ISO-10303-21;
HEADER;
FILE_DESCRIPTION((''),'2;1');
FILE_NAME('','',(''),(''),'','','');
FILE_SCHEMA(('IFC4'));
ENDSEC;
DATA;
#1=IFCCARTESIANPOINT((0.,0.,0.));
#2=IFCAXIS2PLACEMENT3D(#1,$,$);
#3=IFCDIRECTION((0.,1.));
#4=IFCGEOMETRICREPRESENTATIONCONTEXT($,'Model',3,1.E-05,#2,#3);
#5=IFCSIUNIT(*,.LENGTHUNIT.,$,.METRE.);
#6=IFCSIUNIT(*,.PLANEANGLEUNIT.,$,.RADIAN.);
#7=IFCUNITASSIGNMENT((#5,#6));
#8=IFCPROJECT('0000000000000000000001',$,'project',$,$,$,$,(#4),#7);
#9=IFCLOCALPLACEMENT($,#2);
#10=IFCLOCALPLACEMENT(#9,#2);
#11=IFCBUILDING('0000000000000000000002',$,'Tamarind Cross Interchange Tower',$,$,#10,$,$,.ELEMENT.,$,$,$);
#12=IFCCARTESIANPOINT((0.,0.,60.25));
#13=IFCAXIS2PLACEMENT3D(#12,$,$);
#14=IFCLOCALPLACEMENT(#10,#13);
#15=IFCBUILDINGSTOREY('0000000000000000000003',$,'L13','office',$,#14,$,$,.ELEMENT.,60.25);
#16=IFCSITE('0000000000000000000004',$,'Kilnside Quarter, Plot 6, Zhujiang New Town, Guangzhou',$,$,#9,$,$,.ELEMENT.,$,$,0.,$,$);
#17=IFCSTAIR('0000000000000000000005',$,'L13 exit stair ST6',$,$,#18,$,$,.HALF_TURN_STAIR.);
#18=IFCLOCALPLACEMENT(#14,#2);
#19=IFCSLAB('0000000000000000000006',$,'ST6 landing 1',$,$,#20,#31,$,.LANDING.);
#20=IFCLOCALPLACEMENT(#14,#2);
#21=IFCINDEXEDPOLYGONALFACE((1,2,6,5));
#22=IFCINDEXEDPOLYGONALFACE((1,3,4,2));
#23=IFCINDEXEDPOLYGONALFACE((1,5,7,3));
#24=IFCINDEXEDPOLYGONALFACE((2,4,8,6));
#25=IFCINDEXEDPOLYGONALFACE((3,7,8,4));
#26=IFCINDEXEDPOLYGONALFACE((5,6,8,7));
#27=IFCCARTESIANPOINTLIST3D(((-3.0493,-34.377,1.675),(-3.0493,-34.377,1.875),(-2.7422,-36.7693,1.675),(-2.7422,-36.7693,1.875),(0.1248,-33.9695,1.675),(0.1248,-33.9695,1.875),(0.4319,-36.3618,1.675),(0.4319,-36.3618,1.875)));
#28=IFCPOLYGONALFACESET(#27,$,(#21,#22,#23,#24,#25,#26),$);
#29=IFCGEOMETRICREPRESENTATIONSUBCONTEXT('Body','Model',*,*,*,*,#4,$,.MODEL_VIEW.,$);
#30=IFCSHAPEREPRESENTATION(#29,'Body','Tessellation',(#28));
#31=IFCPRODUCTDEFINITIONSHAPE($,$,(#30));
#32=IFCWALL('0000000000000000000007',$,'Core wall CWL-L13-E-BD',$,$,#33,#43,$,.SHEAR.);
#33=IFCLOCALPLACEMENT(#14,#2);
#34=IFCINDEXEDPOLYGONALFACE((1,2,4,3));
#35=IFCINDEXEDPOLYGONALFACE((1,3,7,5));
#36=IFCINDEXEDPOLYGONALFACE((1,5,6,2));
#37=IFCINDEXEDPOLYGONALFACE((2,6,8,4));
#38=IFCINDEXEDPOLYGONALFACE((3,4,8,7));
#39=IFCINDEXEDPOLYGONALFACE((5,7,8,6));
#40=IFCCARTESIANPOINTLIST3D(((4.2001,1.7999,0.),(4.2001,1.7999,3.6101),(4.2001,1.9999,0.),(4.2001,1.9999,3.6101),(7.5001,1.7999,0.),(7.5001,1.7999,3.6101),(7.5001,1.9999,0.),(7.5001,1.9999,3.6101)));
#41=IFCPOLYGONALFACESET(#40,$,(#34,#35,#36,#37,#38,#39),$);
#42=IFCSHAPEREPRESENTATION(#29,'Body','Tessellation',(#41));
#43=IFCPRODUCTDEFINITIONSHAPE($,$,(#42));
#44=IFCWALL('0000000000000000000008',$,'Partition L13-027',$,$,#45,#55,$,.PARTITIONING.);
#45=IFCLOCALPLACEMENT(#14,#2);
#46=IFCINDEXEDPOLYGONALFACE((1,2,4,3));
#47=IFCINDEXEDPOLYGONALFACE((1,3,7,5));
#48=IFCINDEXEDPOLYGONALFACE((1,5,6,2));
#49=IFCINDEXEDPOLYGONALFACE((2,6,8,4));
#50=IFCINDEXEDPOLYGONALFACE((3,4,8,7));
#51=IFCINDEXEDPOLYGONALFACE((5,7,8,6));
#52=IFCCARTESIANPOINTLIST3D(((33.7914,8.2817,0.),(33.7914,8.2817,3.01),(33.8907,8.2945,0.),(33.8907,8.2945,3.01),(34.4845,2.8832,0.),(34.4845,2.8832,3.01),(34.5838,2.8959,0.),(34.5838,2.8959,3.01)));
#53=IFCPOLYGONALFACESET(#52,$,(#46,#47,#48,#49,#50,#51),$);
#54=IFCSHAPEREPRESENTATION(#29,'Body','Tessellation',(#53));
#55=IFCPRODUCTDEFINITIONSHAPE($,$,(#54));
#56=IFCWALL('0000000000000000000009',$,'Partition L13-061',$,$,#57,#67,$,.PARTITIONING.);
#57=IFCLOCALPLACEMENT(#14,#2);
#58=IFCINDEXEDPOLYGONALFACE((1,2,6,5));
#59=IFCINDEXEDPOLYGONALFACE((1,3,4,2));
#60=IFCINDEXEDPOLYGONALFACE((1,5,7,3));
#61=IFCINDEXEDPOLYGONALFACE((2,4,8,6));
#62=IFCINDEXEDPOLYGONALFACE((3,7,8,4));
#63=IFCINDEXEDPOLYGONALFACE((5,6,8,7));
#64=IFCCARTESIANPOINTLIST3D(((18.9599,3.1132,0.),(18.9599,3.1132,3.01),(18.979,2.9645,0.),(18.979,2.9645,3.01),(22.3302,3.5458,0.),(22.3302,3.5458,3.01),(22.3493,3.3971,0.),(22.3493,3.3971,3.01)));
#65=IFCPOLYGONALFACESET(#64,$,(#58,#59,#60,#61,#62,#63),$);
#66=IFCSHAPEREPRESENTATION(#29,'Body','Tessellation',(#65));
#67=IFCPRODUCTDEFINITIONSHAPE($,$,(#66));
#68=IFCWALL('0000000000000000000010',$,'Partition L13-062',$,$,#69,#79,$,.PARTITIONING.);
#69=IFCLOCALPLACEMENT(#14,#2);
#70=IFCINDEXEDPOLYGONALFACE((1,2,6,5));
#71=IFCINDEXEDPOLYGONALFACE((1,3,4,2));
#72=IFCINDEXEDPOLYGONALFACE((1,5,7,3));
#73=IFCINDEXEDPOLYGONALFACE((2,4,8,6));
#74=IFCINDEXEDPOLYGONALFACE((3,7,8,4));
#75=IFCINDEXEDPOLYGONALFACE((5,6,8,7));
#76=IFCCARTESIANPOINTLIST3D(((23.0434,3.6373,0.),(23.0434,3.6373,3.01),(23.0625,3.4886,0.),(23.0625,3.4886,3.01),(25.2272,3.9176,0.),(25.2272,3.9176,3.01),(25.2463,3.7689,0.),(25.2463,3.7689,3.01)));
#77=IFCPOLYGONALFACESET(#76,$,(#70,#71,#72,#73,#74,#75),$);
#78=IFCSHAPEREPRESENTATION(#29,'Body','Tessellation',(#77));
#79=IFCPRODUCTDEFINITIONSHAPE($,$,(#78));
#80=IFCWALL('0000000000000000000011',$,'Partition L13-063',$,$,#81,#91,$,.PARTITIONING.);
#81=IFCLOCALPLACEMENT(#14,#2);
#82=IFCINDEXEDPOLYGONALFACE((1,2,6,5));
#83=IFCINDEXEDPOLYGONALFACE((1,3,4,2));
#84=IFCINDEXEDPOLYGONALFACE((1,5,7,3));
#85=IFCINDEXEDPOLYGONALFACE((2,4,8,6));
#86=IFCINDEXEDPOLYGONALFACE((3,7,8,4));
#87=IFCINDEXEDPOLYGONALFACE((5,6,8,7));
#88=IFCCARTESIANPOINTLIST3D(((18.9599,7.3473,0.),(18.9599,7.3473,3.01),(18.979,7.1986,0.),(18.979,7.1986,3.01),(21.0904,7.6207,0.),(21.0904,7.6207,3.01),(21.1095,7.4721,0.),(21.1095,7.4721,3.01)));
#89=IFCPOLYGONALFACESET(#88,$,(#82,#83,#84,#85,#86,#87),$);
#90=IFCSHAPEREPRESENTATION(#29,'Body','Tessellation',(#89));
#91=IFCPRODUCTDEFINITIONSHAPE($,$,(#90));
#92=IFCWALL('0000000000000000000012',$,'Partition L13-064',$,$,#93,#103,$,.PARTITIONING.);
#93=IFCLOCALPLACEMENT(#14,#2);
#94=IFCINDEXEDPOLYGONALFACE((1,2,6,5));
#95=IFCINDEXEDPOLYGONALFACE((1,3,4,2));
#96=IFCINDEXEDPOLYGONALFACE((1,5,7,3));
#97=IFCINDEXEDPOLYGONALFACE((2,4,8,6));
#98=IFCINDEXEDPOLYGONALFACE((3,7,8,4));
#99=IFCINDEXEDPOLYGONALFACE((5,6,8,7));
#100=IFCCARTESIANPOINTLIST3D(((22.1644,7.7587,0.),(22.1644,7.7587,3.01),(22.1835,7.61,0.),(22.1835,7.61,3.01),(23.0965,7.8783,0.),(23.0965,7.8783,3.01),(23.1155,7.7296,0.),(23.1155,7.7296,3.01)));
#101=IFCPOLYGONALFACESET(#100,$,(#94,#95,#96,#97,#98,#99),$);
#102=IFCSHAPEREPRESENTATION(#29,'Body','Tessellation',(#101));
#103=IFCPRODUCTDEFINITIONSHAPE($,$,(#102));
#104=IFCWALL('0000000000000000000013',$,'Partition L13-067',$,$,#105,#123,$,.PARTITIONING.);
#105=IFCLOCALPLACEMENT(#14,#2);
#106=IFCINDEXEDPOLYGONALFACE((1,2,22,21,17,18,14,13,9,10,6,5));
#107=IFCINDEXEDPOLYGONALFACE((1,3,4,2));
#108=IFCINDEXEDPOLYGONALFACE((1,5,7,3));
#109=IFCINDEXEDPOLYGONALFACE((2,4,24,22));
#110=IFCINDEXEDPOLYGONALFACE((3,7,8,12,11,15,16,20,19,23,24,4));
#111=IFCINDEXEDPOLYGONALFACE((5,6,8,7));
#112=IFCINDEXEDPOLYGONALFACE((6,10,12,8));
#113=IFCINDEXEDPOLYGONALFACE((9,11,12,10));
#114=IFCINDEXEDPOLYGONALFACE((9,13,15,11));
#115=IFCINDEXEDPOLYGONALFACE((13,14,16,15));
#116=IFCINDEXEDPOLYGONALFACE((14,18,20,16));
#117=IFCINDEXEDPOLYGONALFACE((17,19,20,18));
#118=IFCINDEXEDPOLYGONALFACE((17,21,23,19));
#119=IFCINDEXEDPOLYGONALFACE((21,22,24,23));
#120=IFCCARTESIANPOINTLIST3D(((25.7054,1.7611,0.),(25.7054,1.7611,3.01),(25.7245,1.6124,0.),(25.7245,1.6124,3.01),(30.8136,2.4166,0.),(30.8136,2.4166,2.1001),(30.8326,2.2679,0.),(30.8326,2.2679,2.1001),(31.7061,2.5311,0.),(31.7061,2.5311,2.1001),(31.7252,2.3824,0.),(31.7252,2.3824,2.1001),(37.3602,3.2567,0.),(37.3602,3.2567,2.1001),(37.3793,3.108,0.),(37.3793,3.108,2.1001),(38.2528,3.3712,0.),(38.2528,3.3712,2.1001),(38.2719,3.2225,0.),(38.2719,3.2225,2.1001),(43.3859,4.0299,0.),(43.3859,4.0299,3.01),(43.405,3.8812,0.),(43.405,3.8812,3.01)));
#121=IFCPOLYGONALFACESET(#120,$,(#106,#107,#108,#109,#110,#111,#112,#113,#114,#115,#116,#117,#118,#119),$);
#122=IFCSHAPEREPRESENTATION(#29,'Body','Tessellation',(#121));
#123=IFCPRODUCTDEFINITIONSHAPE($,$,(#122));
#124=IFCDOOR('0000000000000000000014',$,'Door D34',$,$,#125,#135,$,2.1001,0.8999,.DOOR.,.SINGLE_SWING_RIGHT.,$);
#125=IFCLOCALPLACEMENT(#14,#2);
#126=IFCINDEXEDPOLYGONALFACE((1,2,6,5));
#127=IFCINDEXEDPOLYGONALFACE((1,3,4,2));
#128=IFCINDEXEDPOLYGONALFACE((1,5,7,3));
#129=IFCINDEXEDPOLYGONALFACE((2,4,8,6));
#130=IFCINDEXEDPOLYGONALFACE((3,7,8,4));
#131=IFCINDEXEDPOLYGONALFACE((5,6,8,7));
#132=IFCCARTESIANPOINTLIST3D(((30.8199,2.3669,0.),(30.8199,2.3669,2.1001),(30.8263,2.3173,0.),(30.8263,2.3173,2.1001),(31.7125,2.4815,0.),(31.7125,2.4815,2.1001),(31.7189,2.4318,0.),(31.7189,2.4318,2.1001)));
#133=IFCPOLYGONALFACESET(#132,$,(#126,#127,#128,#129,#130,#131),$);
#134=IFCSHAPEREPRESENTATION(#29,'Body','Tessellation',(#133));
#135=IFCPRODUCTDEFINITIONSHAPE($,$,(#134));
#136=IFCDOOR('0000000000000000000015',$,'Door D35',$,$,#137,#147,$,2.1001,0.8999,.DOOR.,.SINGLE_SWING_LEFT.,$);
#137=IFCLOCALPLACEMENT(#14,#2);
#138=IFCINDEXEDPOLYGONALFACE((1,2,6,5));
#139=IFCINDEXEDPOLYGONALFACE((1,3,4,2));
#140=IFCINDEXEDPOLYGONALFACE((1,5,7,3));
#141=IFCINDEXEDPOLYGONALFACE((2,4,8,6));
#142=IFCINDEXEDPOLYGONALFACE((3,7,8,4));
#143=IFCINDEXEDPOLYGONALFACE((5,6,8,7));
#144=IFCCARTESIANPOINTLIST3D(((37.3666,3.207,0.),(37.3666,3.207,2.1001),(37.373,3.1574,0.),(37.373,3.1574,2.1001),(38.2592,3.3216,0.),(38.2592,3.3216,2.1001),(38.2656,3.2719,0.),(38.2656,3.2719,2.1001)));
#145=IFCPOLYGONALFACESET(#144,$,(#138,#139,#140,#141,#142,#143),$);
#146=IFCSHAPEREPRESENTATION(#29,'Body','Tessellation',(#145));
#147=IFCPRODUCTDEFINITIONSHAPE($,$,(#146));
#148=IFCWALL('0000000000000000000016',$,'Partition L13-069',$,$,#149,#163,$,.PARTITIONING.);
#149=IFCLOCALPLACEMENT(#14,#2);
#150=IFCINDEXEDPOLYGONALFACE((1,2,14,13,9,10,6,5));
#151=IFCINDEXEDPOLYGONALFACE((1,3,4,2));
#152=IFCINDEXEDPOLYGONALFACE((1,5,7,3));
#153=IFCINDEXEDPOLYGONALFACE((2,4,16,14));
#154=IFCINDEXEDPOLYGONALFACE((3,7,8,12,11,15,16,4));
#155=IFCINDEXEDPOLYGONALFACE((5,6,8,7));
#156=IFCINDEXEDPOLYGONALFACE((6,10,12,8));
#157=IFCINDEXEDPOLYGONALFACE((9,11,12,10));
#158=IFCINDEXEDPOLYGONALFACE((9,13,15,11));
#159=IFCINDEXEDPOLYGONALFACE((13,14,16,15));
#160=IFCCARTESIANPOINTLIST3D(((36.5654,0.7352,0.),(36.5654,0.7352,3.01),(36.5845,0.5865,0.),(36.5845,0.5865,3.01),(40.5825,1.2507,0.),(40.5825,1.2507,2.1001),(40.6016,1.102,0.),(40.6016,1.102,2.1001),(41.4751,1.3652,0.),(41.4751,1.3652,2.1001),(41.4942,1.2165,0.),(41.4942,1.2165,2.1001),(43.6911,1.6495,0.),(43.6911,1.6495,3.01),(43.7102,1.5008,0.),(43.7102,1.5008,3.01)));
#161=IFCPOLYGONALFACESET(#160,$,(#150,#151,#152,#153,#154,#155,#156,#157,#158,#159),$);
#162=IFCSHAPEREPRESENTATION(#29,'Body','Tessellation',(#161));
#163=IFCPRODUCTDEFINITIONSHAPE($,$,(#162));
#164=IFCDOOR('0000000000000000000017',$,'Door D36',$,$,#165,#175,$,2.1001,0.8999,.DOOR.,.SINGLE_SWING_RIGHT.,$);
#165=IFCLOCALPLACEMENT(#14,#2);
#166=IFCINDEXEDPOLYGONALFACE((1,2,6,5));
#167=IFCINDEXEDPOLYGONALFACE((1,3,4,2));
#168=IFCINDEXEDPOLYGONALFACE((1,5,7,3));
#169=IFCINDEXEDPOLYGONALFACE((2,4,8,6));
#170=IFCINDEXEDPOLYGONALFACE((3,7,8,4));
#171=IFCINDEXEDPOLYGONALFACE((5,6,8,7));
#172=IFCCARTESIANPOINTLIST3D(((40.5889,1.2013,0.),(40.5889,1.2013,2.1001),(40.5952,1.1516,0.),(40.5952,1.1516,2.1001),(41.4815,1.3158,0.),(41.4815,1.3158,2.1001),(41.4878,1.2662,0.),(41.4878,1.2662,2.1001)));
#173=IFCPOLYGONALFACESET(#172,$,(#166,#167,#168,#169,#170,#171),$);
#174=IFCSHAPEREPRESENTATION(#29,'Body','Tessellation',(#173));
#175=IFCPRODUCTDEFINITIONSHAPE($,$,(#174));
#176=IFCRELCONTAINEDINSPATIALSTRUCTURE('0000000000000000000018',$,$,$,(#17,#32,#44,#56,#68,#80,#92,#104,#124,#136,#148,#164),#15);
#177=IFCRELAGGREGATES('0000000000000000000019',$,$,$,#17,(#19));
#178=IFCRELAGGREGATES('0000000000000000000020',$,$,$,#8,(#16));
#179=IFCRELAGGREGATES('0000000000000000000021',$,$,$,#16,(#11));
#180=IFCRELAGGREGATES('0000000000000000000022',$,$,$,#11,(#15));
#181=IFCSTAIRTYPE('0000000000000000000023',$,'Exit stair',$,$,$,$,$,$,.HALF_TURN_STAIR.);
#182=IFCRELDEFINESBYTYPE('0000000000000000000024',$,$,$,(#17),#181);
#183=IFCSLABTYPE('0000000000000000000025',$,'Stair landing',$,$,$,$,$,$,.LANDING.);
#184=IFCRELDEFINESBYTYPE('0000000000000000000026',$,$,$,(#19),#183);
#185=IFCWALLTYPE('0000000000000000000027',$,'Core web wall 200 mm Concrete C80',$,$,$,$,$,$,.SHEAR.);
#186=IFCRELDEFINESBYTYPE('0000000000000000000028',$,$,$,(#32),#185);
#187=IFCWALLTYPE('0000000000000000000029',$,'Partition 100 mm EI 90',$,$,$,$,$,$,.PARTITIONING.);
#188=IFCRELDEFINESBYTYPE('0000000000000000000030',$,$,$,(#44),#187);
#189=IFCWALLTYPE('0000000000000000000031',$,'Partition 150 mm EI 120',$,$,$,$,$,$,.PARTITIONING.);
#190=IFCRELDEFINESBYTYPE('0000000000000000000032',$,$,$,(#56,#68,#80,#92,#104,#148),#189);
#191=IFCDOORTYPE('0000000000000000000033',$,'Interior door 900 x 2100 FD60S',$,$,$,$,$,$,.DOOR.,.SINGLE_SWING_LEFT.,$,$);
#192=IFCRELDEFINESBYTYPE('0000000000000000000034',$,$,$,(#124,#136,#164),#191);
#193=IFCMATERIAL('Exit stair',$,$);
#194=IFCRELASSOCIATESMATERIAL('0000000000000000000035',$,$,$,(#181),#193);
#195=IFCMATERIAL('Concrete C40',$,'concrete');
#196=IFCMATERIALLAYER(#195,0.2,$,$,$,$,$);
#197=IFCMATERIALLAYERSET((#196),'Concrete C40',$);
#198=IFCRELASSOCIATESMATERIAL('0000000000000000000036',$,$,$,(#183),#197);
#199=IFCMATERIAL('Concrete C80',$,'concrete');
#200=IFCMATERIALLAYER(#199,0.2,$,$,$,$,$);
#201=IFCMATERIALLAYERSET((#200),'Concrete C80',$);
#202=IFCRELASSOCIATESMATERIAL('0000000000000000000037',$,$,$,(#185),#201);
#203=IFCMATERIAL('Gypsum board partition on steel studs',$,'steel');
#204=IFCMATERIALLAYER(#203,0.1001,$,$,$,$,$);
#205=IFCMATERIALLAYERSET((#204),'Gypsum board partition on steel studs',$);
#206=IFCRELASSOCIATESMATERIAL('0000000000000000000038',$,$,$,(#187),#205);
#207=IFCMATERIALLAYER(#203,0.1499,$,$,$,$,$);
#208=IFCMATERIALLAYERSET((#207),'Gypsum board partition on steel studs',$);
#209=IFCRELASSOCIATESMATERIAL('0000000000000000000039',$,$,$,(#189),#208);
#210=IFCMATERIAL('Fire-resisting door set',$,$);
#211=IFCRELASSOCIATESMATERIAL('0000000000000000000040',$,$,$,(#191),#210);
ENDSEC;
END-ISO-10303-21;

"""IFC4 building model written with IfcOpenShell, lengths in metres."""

from ifc_helpers import new_model, si_unit, direction, frame, frame_2d, origin, place, context, subcontext, project, spatial, polyline, rectangle, outline, extrude, material, layer, layer_set, type_object, element, fill, aggregate, save


model = new_model("IFC4")

# Units and contexts
model_context = context("Model", 3, precision=1e-05, world=origin(), true_north=direction((0.0, 1.0)))
body_context = subcontext(model_context, "Body", "Model", "MODEL_VIEW")
ifc_project = project(units=[si_unit("LENGTHUNIT", "METRE"), si_unit("PLANEANGLEUNIT", "RADIAN")], contexts=[model_context])

# Site, building, storey
site_placement = place(None, origin())
site = spatial("IfcSite", under=ifc_project, at=site_placement, Name="Kilnside Quarter, Plot 6, Zhujiang New Town, Guangzhou", CompositionType="ELEMENT", RefElevation=0.0)
building_placement = place(site_placement, origin())
building = spatial("IfcBuilding", under=site, at=building_placement, Name="Tamarind Cross Interchange Tower", CompositionType="ELEMENT")
storey_placement = place(building_placement, frame((0.0, 0.0, 60.25)))
storey = spatial("IfcBuildingStorey", under=building, at=storey_placement, Name="L13", Description="office", CompositionType="ELEMENT", Elevation=60.25)

# Stair, slab
ifc_material_1 = material(Name="Exit stair")
stair_type = type_object("IfcStairType", Name="Exit stair", PredefinedType="HALF_TURN_STAIR", material=ifc_material_1)
ifc_material_2 = material(Name="Concrete C40", Category="concrete")
ifc_layer_1 = layer(ifc_material_2, 0.2)
ifc_layer_set_1 = layer_set([ifc_layer_1], Name="Concrete C40")
slab_type = type_object("IfcSlabType", Name="Stair landing", PredefinedType="LANDING", material=ifc_layer_set_1)
stair_1_placement = place(storey_placement, origin())
stair_1 = element("IfcStair", 1, at=stair_1_placement, inside=storey, type_object=stair_type, Name="L13 exit stair ST6", PredefinedType="HALF_TURN_STAIR")
slab_1_placement = place(storey_placement, frame((0.0, 0.0, 1.675)))
slab_1 = element("IfcSlab", 2, at=slab_1_placement, type_object=slab_type, Name="ST6 landing 1", PredefinedType="LANDING", context=body_context, shape_type="SweptSolid", body=[
    extrude(outline(polyline([(-3.0493, -34.377), (-2.7422, -36.7693), (0.4319, -36.3618), (0.1248, -33.9695), (-3.0493, -34.377)])), origin(), (0.0, 0.0, 1.0), 0.2),
])
aggregate(stair_1, [slab_1])

# Walls
ifc_material_3 = material(Name="Concrete C80", Category="concrete")
ifc_layer_2 = layer(ifc_material_3, 0.2)
ifc_layer_set_2 = layer_set([ifc_layer_2], Name="Concrete C80")
wall_type_1 = type_object("IfcWallType", Name="Core web wall 200 mm Concrete C80", PredefinedType="SHEAR", material=ifc_layer_set_2)
wall_1_placement = place(storey_placement, frame((7.5, 1.8999, 0.0), z_axis=(0.0, 0.0, 1.0), x_axis=(-1.0, 0.0, 0.0)))
element("IfcWall", 3, at=wall_1_placement, inside=storey, type_object=wall_type_1, Name="Core wall CWL-L13-E-BD", PredefinedType="SHEAR", context=body_context, shape_type="SweptSolid", body=[
    extrude(rectangle(XDim=3.3, YDim=0.2, at=frame_2d((1.6499, 0.0))), origin(), (0.0, 0.0, 1.0), 3.6101),
])
ifc_material_4 = material(Name="Gypsum board partition on steel studs", Category="steel")
ifc_layer_3 = layer(ifc_material_4, 0.1001)
ifc_layer_set_3 = layer_set([ifc_layer_3], Name="Gypsum board partition on steel studs")
wall_type_2 = type_object("IfcWallType", Name="Partition 100 mm EI 90", PredefinedType="PARTITIONING", material=ifc_layer_set_3)
wall_2_placement = place(storey_placement, frame((33.8411, 8.2881, 0.0), z_axis=(0.0, 0.0, 1.0), x_axis=(0.127341, -0.991859, 0.0)))
element("IfcWall", 4, at=wall_2_placement, inside=storey, type_object=wall_type_2, Name="Partition L13-027", PredefinedType="PARTITIONING", context=body_context, shape_type="SweptSolid", body=[
    extrude(rectangle(XDim=5.4429, YDim=0.1001, at=frame_2d((2.7214, 0.0))), origin(), (0.0, 0.0, 1.0), 3.01),
])
ifc_layer_4 = layer(ifc_material_4, 0.1499)
ifc_layer_set_4 = layer_set([ifc_layer_4], Name="Gypsum board partition on steel studs")
wall_type_3 = type_object("IfcWallType", Name="Partition 150 mm EI 120", PredefinedType="PARTITIONING", material=ifc_layer_set_4)
wall_3_placement = place(storey_placement, frame((18.9695, 3.0388, 0.0), z_axis=(0.0, 0.0, 1.0), x_axis=(0.991862, 0.127315, 0.0)))
element("IfcWall", 5, at=wall_3_placement, inside=storey, type_object=wall_type_3, Name="Partition L13-061", PredefinedType="PARTITIONING", context=body_context, shape_type="SweptSolid", body=[
    extrude(rectangle(XDim=3.3979, YDim=0.1499, at=frame_2d((1.699, 0.0))), origin(), (0.0, 0.0, 1.0), 3.01),
])
wall_4_placement = place(storey_placement, frame((23.053, 3.563, 0.0), z_axis=(0.0, 0.0, 1.0), x_axis=(0.991865, 0.127296, 0.0)))
element("IfcWall", 6, at=wall_4_placement, inside=storey, type_object=wall_type_3, Name="Partition L13-062", PredefinedType="PARTITIONING", context=body_context, shape_type="SweptSolid", body=[
    extrude(rectangle(XDim=2.2017, YDim=0.1499, at=frame_2d((1.1008, 0.0))), origin(), (0.0, 0.0, 1.0), 3.01),
])
wall_5_placement = place(storey_placement, frame((18.9695, 7.2729, 0.0), z_axis=(0.0, 0.0, 1.0), x_axis=(0.991863, 0.127308, 0.0)))
element("IfcWall", 7, at=wall_5_placement, inside=storey, type_object=wall_type_3, Name="Partition L13-063", PredefinedType="PARTITIONING", context=body_context, shape_type="SweptSolid", body=[
    extrude(rectangle(XDim=2.1479, YDim=0.1499, at=frame_2d((1.074, 0.0))), origin(), (0.0, 0.0, 1.0), 3.01),
])
wall_6_placement = place(storey_placement, frame((22.1741, 7.6843, 0.0), z_axis=(0.0, 0.0, 1.0), x_axis=(0.991865, 0.127295, 0.0)))
element("IfcWall", 8, at=wall_6_placement, inside=storey, type_object=wall_type_3, Name="Partition L13-064", PredefinedType="PARTITIONING", context=body_context, shape_type="SweptSolid", body=[
    extrude(rectangle(XDim=0.9397, YDim=0.1499, at=frame_2d((0.4697, 0.0))), origin(), (0.0, 0.0, 1.0), 3.01),
])

# Wall, openings, doors
wall_7_placement = place(storey_placement, frame((25.7151, 1.6868, 0.0), z_axis=(0.0, 0.0, 1.0), x_axis=(0.991867, 0.127279, 0.0)))
wall_7 = element("IfcWall", 9, at=wall_7_placement, inside=storey, type_object=wall_type_3, Name="Partition L13-067", PredefinedType="PARTITIONING", context=body_context, shape_type="SweptSolid", body=[
    extrude(rectangle(XDim=17.8254, YDim=0.1499, at=frame_2d((8.9126, 0.0))), origin(), (0.0, 0.0, 1.0), 3.01),
])
opening_1_placement = place(wall_7_placement, frame((5.1499, 0.0, 0.0)))
opening_1 = element("IfcOpeningElement", 10, at=opening_1_placement, cuts=wall_7, PredefinedType="OPENING", context=body_context, shape_type="SweptSolid", body=[
    extrude(rectangle(XDim=0.8999, YDim=2.1001, at=frame_2d((0.45, 1.05))), frame((0.0, 0.085, 0.0), z_axis=(0.0, -1.0, 0.0), x_axis=(1.0, 0.0, 0.0)), (0.0, 0.0, 1.0), 0.1699),
])
opening_2_placement = place(wall_7_placement, frame((11.7502, 0.0, 0.0)))
opening_2 = element("IfcOpeningElement", 11, at=opening_2_placement, cuts=wall_7, PredefinedType="OPENING", context=body_context, shape_type="SweptSolid", body=[
    extrude(rectangle(XDim=0.8999, YDim=2.1001, at=frame_2d((0.45, 1.05))), frame((0.0, 0.085, 0.0), z_axis=(0.0, -1.0, 0.0), x_axis=(1.0, 0.0, 0.0)), (0.0, 0.0, 1.0), 0.1699),
])
ifc_material_5 = material(Name="Fire-resisting door set")
door_type_1 = type_object("IfcDoorType", Name="Interior door 900 x 2100 FD60S", OperationType="SINGLE_SWING_LEFT", PredefinedType="DOOR", material=ifc_material_5)
door_1_placement = place(opening_1_placement, origin())
door_1 = element("IfcDoor", 12, at=door_1_placement, inside=storey, type_object=door_type_1, Name="Door D34", OperationType="SINGLE_SWING_RIGHT", OverallHeight=2.1001, OverallWidth=0.8999, PredefinedType="DOOR", context=body_context, shape_type="SweptSolid", body=[
    extrude(rectangle(XDim=0.8999, YDim=2.1001, at=frame_2d((0.45, 1.05))), frame((0.0, 0.0249, 0.0), z_axis=(0.0, -1.0, 0.0), x_axis=(1.0, 0.0, 0.0)), (0.0, 0.0, 1.0), 0.05),
])
fill(opening_1, door_1)
door_2_placement = place(opening_2_placement, origin())
door_2 = element("IfcDoor", 13, at=door_2_placement, inside=storey, type_object=door_type_1, Name="Door D35", OperationType="SINGLE_SWING_LEFT", OverallHeight=2.1001, OverallWidth=0.8999, PredefinedType="DOOR", context=body_context, shape_type="SweptSolid", body=[
    extrude(rectangle(XDim=0.8999, YDim=2.1001, at=frame_2d((0.45, 1.05))), frame((0.0, 0.0249, 0.0), z_axis=(0.0, -1.0, 0.0), x_axis=(1.0, 0.0, 0.0)), (0.0, 0.0, 1.0), 0.05),
])
fill(opening_2, door_2)

# Wall, opening, door
wall_8_placement = place(storey_placement, frame((36.575, 0.6609, 0.0), z_axis=(0.0, 0.0, 1.0), x_axis=(0.991868, 0.127267, 0.0)))
wall_8 = element("IfcWall", 14, at=wall_8_placement, inside=storey, type_object=wall_type_3, Name="Partition L13-069", PredefinedType="PARTITIONING", context=body_context, shape_type="SweptSolid", body=[
    extrude(rectangle(XDim=7.1841, YDim=0.1499, at=frame_2d((3.592, 0.0))), origin(), (0.0, 0.0, 1.0), 3.01),
])
opening_3_placement = place(wall_8_placement, frame((4.05, 0.0, 0.0)))
opening_3 = element("IfcOpeningElement", 15, at=opening_3_placement, cuts=wall_8, PredefinedType="OPENING", context=body_context, shape_type="SweptSolid", body=[
    extrude(rectangle(XDim=0.8999, YDim=2.1001, at=frame_2d((0.45, 1.05))), frame((0.0, 0.085, 0.0), z_axis=(0.0, -1.0, 0.0), x_axis=(1.0, 0.0, 0.0)), (0.0, 0.0, 1.0), 0.1699),
])
door_3_placement = place(opening_3_placement, frame((0.8999, 0.0, 0.0), z_axis=(0.0, 0.0, 1.0), x_axis=(-1.0, 0.0, 0.0)))
door_3 = element("IfcDoor", 16, at=door_3_placement, inside=storey, type_object=door_type_1, Name="Door D36", OperationType="SINGLE_SWING_RIGHT", OverallHeight=2.1001, OverallWidth=0.8999, PredefinedType="DOOR", context=body_context, shape_type="SweptSolid", body=[
    extrude(rectangle(XDim=0.8999, YDim=2.1001, at=frame_2d((0.45, 1.05))), frame((0.0, 0.0249, 0.0), z_axis=(0.0, -1.0, 0.0), x_axis=(1.0, 0.0, 0.0)), (0.0, 0.0, 1.0), 0.05),
])
fill(opening_3, door_3)

save(model, "model.ifc")
